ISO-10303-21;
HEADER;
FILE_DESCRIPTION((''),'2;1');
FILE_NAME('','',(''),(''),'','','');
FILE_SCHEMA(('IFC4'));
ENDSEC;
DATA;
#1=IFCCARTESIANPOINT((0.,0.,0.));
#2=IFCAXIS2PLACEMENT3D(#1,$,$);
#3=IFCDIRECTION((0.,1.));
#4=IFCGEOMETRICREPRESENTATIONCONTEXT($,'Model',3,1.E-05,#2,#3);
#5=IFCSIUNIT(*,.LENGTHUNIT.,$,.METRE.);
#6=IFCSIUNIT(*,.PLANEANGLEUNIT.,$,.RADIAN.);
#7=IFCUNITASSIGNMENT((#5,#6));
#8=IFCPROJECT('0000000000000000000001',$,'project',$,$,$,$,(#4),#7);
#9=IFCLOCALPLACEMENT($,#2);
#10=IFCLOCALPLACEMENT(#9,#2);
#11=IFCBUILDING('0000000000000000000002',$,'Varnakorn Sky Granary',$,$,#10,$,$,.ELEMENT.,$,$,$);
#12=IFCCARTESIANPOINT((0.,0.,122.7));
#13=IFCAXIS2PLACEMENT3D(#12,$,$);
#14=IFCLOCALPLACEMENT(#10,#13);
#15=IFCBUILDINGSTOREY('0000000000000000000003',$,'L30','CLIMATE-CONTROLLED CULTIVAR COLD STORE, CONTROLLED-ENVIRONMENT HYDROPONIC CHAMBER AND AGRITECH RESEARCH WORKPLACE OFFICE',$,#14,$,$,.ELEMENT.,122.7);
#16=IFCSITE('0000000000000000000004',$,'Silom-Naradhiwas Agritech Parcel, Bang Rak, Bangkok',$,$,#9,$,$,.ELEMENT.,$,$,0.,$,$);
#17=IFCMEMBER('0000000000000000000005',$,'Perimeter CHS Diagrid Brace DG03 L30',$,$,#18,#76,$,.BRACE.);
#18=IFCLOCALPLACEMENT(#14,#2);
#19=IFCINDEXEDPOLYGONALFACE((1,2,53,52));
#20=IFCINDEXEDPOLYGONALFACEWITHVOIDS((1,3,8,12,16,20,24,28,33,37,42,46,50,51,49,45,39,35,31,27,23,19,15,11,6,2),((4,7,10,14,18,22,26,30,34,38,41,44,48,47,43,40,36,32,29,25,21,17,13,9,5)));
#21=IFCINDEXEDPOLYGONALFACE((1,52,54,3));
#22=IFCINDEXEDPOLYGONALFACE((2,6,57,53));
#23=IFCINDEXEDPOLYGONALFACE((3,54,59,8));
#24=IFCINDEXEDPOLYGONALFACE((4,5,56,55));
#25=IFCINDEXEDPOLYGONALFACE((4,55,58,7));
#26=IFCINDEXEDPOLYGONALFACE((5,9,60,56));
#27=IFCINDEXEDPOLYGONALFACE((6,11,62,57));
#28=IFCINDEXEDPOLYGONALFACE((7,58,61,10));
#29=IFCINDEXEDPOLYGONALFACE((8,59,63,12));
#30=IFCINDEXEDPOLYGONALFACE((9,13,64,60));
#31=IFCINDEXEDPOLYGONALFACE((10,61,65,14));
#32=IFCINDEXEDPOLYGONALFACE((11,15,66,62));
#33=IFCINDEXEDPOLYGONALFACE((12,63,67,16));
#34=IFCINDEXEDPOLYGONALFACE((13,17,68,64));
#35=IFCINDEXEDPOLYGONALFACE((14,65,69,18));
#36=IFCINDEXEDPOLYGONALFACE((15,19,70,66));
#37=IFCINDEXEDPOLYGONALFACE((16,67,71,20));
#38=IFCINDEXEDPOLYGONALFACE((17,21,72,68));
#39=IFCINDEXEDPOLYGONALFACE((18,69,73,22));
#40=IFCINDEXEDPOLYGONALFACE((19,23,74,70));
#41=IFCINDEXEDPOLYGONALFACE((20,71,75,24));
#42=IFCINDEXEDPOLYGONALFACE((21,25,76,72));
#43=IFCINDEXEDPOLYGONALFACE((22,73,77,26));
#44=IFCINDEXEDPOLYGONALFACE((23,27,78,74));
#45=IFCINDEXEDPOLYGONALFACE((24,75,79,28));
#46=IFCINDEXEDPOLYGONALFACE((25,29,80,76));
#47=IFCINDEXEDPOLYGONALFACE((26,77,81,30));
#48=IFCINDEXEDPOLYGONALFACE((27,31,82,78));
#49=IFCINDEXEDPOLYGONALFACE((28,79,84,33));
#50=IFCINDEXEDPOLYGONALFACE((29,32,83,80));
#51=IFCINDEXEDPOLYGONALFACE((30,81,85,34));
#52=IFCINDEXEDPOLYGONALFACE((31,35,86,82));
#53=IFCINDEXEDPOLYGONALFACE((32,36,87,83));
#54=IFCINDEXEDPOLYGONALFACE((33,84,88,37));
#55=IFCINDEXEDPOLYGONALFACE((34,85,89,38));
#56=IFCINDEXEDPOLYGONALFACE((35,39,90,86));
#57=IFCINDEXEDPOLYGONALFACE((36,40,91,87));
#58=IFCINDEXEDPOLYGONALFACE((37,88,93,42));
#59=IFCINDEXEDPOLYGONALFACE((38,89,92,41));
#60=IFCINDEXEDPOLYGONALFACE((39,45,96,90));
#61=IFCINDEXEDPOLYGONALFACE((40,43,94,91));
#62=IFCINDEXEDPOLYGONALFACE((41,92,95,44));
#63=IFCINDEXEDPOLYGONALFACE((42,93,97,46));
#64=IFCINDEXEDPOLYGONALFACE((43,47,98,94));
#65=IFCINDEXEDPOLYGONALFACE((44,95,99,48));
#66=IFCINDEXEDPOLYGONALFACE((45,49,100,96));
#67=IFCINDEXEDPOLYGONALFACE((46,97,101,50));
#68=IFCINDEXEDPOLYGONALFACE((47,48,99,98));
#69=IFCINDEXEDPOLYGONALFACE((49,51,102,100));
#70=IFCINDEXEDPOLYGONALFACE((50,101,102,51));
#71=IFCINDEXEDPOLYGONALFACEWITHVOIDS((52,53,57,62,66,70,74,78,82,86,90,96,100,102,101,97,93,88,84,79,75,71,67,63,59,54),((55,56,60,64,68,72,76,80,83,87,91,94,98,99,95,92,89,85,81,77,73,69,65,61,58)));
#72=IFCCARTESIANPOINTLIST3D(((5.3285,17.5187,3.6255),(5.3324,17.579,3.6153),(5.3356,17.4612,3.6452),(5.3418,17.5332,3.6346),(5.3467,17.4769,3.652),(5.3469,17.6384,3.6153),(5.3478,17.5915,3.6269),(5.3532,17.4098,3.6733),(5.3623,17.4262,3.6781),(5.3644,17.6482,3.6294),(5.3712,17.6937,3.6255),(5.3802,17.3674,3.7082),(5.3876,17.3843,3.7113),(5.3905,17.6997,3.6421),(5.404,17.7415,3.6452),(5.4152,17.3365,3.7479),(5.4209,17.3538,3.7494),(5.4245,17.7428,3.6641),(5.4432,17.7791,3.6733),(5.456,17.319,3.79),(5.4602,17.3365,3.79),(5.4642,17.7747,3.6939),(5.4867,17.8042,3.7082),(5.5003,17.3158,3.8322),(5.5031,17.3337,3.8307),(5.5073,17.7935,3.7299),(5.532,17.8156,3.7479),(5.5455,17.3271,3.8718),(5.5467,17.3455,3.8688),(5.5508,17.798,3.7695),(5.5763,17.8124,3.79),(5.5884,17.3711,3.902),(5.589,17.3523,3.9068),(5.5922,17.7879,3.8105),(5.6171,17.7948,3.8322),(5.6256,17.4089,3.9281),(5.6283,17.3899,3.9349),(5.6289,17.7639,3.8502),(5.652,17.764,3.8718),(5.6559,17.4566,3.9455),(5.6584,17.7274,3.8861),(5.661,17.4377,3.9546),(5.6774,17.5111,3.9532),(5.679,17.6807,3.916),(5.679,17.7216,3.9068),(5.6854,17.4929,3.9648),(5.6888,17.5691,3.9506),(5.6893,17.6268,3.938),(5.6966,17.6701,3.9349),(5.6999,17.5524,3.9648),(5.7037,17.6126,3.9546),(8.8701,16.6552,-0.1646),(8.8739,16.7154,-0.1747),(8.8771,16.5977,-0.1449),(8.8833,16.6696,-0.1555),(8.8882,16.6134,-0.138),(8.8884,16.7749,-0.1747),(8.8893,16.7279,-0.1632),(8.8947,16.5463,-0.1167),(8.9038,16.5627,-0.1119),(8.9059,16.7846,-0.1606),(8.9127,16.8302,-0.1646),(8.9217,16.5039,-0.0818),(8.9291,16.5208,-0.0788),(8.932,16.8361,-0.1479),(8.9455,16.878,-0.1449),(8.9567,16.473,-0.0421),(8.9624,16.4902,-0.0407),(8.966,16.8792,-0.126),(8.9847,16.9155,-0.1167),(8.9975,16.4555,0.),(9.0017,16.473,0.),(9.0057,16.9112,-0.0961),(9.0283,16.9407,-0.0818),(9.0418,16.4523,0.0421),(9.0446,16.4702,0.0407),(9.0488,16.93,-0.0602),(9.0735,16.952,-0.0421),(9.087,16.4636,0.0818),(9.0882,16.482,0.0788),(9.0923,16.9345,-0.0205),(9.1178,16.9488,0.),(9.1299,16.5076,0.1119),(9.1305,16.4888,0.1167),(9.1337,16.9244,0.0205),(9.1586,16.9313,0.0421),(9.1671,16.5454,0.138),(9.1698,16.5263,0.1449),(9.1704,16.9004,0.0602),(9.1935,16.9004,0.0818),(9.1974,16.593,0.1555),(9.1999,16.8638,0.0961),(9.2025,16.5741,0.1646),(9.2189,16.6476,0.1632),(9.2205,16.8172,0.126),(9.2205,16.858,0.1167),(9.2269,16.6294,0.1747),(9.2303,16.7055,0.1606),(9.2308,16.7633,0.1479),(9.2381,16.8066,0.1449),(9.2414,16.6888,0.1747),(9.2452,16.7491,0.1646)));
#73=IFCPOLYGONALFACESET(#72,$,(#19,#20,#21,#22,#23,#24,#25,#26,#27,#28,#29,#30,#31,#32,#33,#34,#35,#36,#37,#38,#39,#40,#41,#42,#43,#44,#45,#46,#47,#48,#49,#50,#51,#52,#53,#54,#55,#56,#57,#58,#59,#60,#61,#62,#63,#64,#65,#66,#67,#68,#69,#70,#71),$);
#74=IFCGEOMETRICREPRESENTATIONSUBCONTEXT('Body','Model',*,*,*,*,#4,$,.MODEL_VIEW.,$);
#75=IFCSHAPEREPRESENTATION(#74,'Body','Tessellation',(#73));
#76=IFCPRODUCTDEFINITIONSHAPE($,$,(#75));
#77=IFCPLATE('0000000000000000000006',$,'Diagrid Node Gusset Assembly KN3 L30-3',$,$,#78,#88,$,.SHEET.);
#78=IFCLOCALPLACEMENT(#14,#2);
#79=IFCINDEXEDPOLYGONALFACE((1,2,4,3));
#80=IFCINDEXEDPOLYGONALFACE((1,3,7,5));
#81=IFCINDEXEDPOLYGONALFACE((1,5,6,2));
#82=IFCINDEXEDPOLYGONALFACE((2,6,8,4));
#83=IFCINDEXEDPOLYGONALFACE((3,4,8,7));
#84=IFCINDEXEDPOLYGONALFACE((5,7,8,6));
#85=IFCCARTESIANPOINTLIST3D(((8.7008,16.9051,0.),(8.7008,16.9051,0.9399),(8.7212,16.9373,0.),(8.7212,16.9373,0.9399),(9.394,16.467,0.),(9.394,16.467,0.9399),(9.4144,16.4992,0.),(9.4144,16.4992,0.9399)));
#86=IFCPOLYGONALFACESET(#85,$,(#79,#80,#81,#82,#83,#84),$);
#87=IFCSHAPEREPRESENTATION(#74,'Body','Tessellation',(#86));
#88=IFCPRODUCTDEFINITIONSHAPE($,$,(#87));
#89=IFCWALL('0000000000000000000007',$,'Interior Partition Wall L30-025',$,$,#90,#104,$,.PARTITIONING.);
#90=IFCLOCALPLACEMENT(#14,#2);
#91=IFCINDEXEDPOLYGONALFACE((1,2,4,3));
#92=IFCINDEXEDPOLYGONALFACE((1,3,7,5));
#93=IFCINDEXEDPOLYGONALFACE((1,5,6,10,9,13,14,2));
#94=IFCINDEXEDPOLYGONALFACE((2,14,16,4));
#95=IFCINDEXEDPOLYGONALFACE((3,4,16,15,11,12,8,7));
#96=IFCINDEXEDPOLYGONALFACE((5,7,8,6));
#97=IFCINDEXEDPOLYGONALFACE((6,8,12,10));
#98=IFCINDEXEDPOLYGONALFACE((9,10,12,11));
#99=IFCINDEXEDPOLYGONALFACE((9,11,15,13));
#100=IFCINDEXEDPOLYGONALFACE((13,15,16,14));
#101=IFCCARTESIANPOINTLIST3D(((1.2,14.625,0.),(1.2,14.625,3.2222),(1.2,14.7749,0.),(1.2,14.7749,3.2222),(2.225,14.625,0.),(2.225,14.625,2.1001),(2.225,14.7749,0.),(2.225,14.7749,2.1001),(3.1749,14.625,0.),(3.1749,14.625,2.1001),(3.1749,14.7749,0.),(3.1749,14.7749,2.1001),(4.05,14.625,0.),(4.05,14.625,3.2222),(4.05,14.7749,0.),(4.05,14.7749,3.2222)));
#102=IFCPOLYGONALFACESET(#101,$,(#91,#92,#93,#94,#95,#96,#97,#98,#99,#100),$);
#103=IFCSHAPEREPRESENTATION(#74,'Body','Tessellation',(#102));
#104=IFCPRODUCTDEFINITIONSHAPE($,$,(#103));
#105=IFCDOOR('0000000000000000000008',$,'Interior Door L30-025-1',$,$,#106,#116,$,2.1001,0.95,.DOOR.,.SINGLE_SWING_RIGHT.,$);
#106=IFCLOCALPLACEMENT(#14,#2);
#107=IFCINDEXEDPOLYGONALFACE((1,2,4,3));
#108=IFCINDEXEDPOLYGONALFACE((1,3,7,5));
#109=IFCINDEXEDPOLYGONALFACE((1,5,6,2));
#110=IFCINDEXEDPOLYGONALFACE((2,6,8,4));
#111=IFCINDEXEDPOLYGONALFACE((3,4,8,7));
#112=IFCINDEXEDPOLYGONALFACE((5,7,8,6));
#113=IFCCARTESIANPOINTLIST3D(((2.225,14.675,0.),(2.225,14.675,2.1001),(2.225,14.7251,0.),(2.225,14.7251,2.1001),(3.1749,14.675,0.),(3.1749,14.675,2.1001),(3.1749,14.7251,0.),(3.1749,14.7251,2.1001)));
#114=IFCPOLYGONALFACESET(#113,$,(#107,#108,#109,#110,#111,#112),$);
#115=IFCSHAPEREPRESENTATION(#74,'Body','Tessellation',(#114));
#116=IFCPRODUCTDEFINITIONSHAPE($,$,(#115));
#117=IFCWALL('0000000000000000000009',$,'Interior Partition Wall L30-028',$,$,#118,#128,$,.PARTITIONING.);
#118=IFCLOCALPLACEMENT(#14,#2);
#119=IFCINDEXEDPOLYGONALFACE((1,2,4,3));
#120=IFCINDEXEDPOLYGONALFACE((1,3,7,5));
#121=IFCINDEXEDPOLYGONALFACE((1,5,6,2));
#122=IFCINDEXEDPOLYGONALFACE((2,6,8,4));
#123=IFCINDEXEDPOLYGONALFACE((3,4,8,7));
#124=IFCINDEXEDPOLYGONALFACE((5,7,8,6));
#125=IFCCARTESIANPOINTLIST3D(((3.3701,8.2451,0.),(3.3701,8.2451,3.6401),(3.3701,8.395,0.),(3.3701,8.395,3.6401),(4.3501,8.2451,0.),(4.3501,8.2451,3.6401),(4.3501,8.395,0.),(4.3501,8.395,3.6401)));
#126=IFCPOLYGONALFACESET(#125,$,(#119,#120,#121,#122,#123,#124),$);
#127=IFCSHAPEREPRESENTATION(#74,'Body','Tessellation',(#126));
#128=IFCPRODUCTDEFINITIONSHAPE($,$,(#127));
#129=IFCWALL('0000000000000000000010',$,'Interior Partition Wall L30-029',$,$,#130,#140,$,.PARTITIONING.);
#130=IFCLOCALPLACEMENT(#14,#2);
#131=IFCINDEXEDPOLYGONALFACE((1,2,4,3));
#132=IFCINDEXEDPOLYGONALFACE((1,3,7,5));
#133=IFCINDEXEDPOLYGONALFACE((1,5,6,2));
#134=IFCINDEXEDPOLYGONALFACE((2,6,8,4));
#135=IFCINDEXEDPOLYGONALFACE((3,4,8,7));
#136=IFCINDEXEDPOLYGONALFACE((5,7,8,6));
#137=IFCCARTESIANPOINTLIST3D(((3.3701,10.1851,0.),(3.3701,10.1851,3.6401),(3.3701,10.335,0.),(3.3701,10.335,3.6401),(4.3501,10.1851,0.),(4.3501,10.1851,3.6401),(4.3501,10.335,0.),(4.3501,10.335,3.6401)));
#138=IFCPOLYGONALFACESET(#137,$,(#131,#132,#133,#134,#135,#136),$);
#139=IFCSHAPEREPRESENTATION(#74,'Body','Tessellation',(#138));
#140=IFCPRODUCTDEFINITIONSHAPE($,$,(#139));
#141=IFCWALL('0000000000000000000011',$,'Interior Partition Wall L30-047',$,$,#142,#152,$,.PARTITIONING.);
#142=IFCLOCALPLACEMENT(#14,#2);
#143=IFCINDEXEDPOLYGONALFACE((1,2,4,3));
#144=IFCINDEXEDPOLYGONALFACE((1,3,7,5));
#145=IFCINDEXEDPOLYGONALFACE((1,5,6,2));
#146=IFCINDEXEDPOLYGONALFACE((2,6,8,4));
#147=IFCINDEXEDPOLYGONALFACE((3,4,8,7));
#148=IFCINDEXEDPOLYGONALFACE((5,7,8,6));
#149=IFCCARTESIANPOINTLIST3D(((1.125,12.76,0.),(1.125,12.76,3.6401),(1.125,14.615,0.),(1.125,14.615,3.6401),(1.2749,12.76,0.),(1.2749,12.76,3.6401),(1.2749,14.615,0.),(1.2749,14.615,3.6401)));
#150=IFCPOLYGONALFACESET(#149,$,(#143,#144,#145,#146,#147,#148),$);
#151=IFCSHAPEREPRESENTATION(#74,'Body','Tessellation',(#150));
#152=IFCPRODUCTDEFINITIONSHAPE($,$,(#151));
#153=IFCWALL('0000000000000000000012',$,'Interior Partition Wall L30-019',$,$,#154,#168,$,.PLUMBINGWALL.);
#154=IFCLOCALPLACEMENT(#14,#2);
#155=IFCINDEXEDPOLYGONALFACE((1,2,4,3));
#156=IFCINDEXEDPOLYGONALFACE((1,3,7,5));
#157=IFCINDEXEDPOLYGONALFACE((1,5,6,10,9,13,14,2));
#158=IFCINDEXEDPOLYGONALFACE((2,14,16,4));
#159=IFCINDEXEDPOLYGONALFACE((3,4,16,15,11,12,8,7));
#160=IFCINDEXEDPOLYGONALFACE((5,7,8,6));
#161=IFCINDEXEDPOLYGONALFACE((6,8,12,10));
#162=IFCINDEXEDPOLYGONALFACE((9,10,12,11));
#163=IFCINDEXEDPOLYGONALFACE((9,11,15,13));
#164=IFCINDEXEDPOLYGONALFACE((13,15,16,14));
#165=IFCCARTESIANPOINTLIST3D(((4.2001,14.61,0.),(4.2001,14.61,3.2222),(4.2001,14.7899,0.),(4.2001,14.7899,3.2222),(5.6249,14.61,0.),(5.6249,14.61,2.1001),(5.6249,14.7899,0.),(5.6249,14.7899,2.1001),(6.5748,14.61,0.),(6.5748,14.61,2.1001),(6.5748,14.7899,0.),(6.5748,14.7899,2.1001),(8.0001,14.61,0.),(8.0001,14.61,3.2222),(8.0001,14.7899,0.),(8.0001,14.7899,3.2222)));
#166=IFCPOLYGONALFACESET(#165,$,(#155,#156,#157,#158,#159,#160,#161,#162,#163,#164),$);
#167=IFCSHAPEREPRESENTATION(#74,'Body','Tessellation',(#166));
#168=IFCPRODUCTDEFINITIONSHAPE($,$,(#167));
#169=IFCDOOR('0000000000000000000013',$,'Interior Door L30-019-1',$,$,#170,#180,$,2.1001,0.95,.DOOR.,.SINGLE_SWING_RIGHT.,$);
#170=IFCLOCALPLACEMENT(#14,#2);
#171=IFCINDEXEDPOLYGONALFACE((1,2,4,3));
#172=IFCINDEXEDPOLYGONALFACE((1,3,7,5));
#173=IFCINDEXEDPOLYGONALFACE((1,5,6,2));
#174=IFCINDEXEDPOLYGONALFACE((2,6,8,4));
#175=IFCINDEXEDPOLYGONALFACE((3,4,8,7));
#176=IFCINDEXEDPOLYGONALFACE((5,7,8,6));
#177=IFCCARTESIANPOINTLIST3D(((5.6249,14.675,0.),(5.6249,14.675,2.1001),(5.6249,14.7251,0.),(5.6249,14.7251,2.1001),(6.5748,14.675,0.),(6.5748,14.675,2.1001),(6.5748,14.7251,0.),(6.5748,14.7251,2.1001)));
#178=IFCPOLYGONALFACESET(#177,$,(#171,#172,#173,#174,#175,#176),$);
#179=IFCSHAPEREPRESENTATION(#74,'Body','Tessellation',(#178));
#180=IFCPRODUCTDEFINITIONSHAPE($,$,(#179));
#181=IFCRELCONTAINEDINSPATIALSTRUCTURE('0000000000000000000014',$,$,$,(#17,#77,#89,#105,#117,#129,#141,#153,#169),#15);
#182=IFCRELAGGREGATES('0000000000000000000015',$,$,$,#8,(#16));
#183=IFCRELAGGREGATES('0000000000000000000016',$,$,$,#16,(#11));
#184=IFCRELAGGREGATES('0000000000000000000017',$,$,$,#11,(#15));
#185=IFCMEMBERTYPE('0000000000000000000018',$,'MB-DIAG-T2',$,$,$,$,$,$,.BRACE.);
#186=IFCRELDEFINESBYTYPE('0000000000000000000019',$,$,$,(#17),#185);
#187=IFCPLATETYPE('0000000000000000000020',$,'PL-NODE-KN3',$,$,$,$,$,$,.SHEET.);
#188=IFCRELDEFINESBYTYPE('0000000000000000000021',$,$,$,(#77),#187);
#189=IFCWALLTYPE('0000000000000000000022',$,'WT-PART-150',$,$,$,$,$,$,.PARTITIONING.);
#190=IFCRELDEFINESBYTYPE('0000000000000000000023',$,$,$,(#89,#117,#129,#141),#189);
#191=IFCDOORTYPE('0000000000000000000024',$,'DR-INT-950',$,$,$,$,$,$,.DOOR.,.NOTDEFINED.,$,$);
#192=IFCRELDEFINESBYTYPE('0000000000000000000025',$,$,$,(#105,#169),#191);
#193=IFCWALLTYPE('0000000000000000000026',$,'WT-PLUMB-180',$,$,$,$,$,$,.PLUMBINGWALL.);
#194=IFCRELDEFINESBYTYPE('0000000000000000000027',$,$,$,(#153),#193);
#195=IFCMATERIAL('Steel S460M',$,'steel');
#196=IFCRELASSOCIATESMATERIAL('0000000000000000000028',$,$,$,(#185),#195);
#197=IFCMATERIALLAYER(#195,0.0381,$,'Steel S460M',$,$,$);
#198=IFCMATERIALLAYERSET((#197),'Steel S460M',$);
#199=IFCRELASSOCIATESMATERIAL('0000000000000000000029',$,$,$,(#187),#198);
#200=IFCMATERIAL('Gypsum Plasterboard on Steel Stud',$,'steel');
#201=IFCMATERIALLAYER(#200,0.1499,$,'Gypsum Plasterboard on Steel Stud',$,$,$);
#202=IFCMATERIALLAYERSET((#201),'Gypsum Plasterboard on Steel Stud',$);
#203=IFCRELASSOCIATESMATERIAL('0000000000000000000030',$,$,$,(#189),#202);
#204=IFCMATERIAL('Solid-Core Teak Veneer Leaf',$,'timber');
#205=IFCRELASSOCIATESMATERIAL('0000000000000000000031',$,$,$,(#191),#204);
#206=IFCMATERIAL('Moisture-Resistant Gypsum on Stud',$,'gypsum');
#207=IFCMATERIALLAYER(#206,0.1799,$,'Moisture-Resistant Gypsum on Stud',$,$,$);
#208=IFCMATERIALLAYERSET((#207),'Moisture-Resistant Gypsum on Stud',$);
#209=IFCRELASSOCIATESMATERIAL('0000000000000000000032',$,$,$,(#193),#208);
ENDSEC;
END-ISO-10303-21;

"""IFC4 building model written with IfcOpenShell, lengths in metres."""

from ifc_helpers import new_model, si_unit, direction, frame, frame_2d, origin, origin_2d, place, context, subcontext, project, spatial, rectangle, hollow_circle, extrude, material, layer, layer_set, material_profile, profile_set, type_object, element, fill, save


model = new_model("IFC4")

# Units and contexts
model_context = context("Model", 3, precision=1e-05, world=origin(), true_north=direction((0.0, 1.0)))
body_context = subcontext(model_context, "Body", "Model", "MODEL_VIEW")
ifc_project = project(units=[si_unit("LENGTHUNIT", "METRE"), si_unit("PLANEANGLEUNIT", "RADIAN")], contexts=[model_context])

# Site, building, storey
site_placement = place(None, origin())
site = spatial("IfcSite", under=ifc_project, at=site_placement, Name="Silom-Naradhiwas Agritech Parcel, Bang Rak, Bangkok", CompositionType="ELEMENT", RefElevation=0.0)
building_placement = place(site_placement, origin())
building = spatial("IfcBuilding", under=site, at=building_placement, Name="Varnakorn Sky Granary", CompositionType="ELEMENT")
storey_placement = place(building_placement, frame((0.0, 0.0, 122.7)))
storey = spatial("IfcBuildingStorey", under=building, at=storey_placement, Name="L30", Description="CLIMATE-CONTROLLED CULTIVAR COLD STORE, CONTROLLED-ENVIRONMENT HYDROPONIC CHAMBER AND AGRITECH RESEARCH WORKPLACE OFFICE", CompositionType="ELEMENT", Elevation=122.7)

# Shared definitions
ifc_material_1 = material(Name="Steel S460M", Category="steel")

# Member
ifc_material_profile_1 = material_profile(ifc_material_1, hollow_circle(Radius=0.2539, WallThickness=0.0181, at=origin_2d()), Name="CHS 508x18")
ifc_profile_set_1 = profile_set([ifc_material_profile_1], Name="Steel S460M")
member_type = type_object("IfcMemberType", Name="MB-DIAG-T2", PredefinedType="BRACE", material=ifc_profile_set_1)
member_1_placement = place(storey_placement, frame((9.0576, 16.7021, 0.0), z_axis=(-0.673476, 0.164214, 0.720739), x_axis=(-0.23689, -0.971537, 0.0)))
element("IfcMember", 1, at=member_1_placement, inside=storey, type_object=member_type, Name="Perimeter CHS Diagrid Brace DG03 L30", PredefinedType="BRACE", context=body_context, shape_type="SweptSolid", body=[
    extrude(hollow_circle(Radius=0.2539, WallThickness=0.0181, at=origin_2d()), origin(), (0.0, 0.0, 1.0), 5.2585),
])

# Plate
ifc_layer_1 = layer(ifc_material_1, 0.0381, Name="Steel S460M")
ifc_layer_set_1 = layer_set([ifc_layer_1], Name="Steel S460M")
plate_type = type_object("IfcPlateType", Name="PL-NODE-KN3", PredefinedType="SHEET", material=ifc_layer_set_1)
plate_placement = place(storey_placement, frame((9.0576, 16.7021, 0.0), z_axis=(0.0, 0.0, 1.0), x_axis=(-0.845289, 0.534309, 0.0)))
element("IfcPlate", 2, at=plate_placement, inside=storey, type_object=plate_type, Name="Diagrid Node Gusset Assembly KN3 L30-3", PredefinedType="SHEET", context=body_context, shape_type="SweptSolid", body=[
    extrude(rectangle(XDim=0.8201, YDim=0.0381, at=origin_2d()), origin(), (0.0, 0.0, 1.0), 0.9399),
])

# Wall, opening, door
ifc_material_2 = material(Name="Gypsum Plasterboard on Steel Stud", Category="steel")
ifc_layer_2 = layer(ifc_material_2, 0.1499, Name="Gypsum Plasterboard on Steel Stud")
ifc_layer_set_2 = layer_set([ifc_layer_2], Name="Gypsum Plasterboard on Steel Stud")
wall_type_1 = type_object("IfcWallType", Name="WT-PART-150", PredefinedType="PARTITIONING", material=ifc_layer_set_2)
wall_1_placement = place(storey_placement, frame((4.05, 14.7, 0.0), z_axis=(0.0, 0.0, 1.0), x_axis=(-1.0, 0.0, 0.0)))
wall_1 = element("IfcWall", 3, at=wall_1_placement, inside=storey, type_object=wall_type_1, Name="Interior Partition Wall L30-025", PredefinedType="PARTITIONING", context=body_context, shape_type="SweptSolid", body=[
    extrude(rectangle(XDim=2.8501, YDim=0.1499, at=frame_2d((1.425, 0.0))), origin(), (0.0, 0.0, 1.0), 3.2222),
])
opening_1_placement = place(wall_1_placement, frame((0.875, 0.0, 0.0)))
opening_1 = element("IfcOpeningElement", 4, at=opening_1_placement, cuts=wall_1, PredefinedType="OPENING", context=body_context, shape_type="SweptSolid", body=[
    extrude(rectangle(XDim=0.95, YDim=2.1001, at=frame_2d((0.4751, 1.05))), frame((0.0, 0.085, 0.0), z_axis=(0.0, -1.0, 0.0), x_axis=(1.0, 0.0, 0.0)), (0.0, 0.0, 1.0), 0.1699),
])
ifc_material_3 = material(Name="Solid-Core Teak Veneer Leaf", Category="timber")
door_type = type_object("IfcDoorType", Name="DR-INT-950", OperationType="NOTDEFINED", PredefinedType="DOOR", material=ifc_material_3)
door_1_placement = place(opening_1_placement, origin())
door_1 = element("IfcDoor", 5, at=door_1_placement, inside=storey, type_object=door_type, Name="Interior Door L30-025-1", OperationType="SINGLE_SWING_RIGHT", OverallHeight=2.1001, OverallWidth=0.95, PredefinedType="DOOR", context=body_context, shape_type="SweptSolid", body=[
    extrude(rectangle(XDim=0.95, YDim=2.1001, at=frame_2d((0.4751, 1.05))), frame((0.0, 0.0249, 0.0), z_axis=(0.0, -1.0, 0.0), x_axis=(1.0, 0.0, 0.0)), (0.0, 0.0, 1.0), 0.05),
])
fill(opening_1, door_1)

# Walls
for number, where, z_axis, x_axis, name in (
    (6, (3.3701, 8.3201, 0.0), (0.0, 0.0, 1.0), (1.0, 0.0, 0.0), "Interior Partition Wall L30-028"),
    (7, (3.3701, 10.26, 0.0), (0.0, 0.0, 1.0), (1.0, 0.0, 0.0), "Interior Partition Wall L30-029"),
):
    element("IfcWall", number, at=place(storey_placement, frame(where, z_axis=z_axis, x_axis=x_axis)), inside=storey, type_object=wall_type_1, Name=name, PredefinedType="PARTITIONING", context=body_context, shape_type="SweptSolid", body=[
        extrude(rectangle(XDim=0.98, YDim=0.1499, at=frame_2d((0.49, 0.0))), origin(), (0.0, 0.0, 1.0), 3.6401),
    ])
wall_2_placement = place(storey_placement, frame((1.2, 14.615, 0.0), z_axis=(0.0, 0.0, 1.0), x_axis=(0.0, -1.0, 0.0)))
element("IfcWall", 8, at=wall_2_placement, inside=storey, type_object=wall_type_1, Name="Interior Partition Wall L30-047", PredefinedType="PARTITIONING", context=body_context, shape_type="SweptSolid", body=[
    extrude(rectangle(XDim=1.855, YDim=0.1499, at=frame_2d((0.9275, 0.0))), origin(), (0.0, 0.0, 1.0), 3.6401),
])

# Wall, opening, door
ifc_material_4 = material(Name="Moisture-Resistant Gypsum on Stud", Category="gypsum")
ifc_layer_3 = layer(ifc_material_4, 0.1799, Name="Moisture-Resistant Gypsum on Stud")
ifc_layer_set_3 = layer_set([ifc_layer_3], Name="Moisture-Resistant Gypsum on Stud")
wall_type_2 = type_object("IfcWallType", Name="WT-PLUMB-180", PredefinedType="PLUMBINGWALL", material=ifc_layer_set_3)
wall_3_placement = place(storey_placement, frame((8.0, 14.7, 0.0), z_axis=(0.0, 0.0, 1.0), x_axis=(-1.0, 0.0, 0.0)))
wall_3 = element("IfcWall", 9, at=wall_3_placement, inside=storey, type_object=wall_type_2, Name="Interior Partition Wall L30-019", PredefinedType="PLUMBINGWALL", context=body_context, shape_type="SweptSolid", body=[
    extrude(rectangle(XDim=3.8, YDim=0.1799, at=frame_2d((1.8999, 0.0))), origin(), (0.0, 0.0, 1.0), 3.2222),
])
opening_2_placement = place(wall_3_placement, frame((1.425, 0.0, 0.0)))
opening_2 = element("IfcOpeningElement", 10, at=opening_2_placement, cuts=wall_3, PredefinedType="OPENING", context=body_context, shape_type="SweptSolid", body=[
    extrude(rectangle(XDim=0.95, YDim=2.1001, at=frame_2d((0.4751, 1.05))), frame((0.0, 0.1001, 0.0), z_axis=(0.0, -1.0, 0.0), x_axis=(1.0, 0.0, 0.0)), (0.0, 0.0, 1.0), 0.2),
])
door_2_placement = place(opening_2_placement, origin())
door_2 = element("IfcDoor", 11, at=door_2_placement, inside=storey, type_object=door_type, Name="Interior Door L30-019-1", OperationType="SINGLE_SWING_RIGHT", OverallHeight=2.1001, OverallWidth=0.95, PredefinedType="DOOR", context=body_context, shape_type="SweptSolid", body=[
    extrude(rectangle(XDim=0.95, YDim=2.1001, at=frame_2d((0.4751, 1.05))), frame((0.0, 0.0249, 0.0), z_axis=(0.0, -1.0, 0.0), x_axis=(1.0, 0.0, 0.0)), (0.0, 0.0, 1.0), 0.05),
])
fill(opening_2, door_2)

save(model, "model.ifc")
